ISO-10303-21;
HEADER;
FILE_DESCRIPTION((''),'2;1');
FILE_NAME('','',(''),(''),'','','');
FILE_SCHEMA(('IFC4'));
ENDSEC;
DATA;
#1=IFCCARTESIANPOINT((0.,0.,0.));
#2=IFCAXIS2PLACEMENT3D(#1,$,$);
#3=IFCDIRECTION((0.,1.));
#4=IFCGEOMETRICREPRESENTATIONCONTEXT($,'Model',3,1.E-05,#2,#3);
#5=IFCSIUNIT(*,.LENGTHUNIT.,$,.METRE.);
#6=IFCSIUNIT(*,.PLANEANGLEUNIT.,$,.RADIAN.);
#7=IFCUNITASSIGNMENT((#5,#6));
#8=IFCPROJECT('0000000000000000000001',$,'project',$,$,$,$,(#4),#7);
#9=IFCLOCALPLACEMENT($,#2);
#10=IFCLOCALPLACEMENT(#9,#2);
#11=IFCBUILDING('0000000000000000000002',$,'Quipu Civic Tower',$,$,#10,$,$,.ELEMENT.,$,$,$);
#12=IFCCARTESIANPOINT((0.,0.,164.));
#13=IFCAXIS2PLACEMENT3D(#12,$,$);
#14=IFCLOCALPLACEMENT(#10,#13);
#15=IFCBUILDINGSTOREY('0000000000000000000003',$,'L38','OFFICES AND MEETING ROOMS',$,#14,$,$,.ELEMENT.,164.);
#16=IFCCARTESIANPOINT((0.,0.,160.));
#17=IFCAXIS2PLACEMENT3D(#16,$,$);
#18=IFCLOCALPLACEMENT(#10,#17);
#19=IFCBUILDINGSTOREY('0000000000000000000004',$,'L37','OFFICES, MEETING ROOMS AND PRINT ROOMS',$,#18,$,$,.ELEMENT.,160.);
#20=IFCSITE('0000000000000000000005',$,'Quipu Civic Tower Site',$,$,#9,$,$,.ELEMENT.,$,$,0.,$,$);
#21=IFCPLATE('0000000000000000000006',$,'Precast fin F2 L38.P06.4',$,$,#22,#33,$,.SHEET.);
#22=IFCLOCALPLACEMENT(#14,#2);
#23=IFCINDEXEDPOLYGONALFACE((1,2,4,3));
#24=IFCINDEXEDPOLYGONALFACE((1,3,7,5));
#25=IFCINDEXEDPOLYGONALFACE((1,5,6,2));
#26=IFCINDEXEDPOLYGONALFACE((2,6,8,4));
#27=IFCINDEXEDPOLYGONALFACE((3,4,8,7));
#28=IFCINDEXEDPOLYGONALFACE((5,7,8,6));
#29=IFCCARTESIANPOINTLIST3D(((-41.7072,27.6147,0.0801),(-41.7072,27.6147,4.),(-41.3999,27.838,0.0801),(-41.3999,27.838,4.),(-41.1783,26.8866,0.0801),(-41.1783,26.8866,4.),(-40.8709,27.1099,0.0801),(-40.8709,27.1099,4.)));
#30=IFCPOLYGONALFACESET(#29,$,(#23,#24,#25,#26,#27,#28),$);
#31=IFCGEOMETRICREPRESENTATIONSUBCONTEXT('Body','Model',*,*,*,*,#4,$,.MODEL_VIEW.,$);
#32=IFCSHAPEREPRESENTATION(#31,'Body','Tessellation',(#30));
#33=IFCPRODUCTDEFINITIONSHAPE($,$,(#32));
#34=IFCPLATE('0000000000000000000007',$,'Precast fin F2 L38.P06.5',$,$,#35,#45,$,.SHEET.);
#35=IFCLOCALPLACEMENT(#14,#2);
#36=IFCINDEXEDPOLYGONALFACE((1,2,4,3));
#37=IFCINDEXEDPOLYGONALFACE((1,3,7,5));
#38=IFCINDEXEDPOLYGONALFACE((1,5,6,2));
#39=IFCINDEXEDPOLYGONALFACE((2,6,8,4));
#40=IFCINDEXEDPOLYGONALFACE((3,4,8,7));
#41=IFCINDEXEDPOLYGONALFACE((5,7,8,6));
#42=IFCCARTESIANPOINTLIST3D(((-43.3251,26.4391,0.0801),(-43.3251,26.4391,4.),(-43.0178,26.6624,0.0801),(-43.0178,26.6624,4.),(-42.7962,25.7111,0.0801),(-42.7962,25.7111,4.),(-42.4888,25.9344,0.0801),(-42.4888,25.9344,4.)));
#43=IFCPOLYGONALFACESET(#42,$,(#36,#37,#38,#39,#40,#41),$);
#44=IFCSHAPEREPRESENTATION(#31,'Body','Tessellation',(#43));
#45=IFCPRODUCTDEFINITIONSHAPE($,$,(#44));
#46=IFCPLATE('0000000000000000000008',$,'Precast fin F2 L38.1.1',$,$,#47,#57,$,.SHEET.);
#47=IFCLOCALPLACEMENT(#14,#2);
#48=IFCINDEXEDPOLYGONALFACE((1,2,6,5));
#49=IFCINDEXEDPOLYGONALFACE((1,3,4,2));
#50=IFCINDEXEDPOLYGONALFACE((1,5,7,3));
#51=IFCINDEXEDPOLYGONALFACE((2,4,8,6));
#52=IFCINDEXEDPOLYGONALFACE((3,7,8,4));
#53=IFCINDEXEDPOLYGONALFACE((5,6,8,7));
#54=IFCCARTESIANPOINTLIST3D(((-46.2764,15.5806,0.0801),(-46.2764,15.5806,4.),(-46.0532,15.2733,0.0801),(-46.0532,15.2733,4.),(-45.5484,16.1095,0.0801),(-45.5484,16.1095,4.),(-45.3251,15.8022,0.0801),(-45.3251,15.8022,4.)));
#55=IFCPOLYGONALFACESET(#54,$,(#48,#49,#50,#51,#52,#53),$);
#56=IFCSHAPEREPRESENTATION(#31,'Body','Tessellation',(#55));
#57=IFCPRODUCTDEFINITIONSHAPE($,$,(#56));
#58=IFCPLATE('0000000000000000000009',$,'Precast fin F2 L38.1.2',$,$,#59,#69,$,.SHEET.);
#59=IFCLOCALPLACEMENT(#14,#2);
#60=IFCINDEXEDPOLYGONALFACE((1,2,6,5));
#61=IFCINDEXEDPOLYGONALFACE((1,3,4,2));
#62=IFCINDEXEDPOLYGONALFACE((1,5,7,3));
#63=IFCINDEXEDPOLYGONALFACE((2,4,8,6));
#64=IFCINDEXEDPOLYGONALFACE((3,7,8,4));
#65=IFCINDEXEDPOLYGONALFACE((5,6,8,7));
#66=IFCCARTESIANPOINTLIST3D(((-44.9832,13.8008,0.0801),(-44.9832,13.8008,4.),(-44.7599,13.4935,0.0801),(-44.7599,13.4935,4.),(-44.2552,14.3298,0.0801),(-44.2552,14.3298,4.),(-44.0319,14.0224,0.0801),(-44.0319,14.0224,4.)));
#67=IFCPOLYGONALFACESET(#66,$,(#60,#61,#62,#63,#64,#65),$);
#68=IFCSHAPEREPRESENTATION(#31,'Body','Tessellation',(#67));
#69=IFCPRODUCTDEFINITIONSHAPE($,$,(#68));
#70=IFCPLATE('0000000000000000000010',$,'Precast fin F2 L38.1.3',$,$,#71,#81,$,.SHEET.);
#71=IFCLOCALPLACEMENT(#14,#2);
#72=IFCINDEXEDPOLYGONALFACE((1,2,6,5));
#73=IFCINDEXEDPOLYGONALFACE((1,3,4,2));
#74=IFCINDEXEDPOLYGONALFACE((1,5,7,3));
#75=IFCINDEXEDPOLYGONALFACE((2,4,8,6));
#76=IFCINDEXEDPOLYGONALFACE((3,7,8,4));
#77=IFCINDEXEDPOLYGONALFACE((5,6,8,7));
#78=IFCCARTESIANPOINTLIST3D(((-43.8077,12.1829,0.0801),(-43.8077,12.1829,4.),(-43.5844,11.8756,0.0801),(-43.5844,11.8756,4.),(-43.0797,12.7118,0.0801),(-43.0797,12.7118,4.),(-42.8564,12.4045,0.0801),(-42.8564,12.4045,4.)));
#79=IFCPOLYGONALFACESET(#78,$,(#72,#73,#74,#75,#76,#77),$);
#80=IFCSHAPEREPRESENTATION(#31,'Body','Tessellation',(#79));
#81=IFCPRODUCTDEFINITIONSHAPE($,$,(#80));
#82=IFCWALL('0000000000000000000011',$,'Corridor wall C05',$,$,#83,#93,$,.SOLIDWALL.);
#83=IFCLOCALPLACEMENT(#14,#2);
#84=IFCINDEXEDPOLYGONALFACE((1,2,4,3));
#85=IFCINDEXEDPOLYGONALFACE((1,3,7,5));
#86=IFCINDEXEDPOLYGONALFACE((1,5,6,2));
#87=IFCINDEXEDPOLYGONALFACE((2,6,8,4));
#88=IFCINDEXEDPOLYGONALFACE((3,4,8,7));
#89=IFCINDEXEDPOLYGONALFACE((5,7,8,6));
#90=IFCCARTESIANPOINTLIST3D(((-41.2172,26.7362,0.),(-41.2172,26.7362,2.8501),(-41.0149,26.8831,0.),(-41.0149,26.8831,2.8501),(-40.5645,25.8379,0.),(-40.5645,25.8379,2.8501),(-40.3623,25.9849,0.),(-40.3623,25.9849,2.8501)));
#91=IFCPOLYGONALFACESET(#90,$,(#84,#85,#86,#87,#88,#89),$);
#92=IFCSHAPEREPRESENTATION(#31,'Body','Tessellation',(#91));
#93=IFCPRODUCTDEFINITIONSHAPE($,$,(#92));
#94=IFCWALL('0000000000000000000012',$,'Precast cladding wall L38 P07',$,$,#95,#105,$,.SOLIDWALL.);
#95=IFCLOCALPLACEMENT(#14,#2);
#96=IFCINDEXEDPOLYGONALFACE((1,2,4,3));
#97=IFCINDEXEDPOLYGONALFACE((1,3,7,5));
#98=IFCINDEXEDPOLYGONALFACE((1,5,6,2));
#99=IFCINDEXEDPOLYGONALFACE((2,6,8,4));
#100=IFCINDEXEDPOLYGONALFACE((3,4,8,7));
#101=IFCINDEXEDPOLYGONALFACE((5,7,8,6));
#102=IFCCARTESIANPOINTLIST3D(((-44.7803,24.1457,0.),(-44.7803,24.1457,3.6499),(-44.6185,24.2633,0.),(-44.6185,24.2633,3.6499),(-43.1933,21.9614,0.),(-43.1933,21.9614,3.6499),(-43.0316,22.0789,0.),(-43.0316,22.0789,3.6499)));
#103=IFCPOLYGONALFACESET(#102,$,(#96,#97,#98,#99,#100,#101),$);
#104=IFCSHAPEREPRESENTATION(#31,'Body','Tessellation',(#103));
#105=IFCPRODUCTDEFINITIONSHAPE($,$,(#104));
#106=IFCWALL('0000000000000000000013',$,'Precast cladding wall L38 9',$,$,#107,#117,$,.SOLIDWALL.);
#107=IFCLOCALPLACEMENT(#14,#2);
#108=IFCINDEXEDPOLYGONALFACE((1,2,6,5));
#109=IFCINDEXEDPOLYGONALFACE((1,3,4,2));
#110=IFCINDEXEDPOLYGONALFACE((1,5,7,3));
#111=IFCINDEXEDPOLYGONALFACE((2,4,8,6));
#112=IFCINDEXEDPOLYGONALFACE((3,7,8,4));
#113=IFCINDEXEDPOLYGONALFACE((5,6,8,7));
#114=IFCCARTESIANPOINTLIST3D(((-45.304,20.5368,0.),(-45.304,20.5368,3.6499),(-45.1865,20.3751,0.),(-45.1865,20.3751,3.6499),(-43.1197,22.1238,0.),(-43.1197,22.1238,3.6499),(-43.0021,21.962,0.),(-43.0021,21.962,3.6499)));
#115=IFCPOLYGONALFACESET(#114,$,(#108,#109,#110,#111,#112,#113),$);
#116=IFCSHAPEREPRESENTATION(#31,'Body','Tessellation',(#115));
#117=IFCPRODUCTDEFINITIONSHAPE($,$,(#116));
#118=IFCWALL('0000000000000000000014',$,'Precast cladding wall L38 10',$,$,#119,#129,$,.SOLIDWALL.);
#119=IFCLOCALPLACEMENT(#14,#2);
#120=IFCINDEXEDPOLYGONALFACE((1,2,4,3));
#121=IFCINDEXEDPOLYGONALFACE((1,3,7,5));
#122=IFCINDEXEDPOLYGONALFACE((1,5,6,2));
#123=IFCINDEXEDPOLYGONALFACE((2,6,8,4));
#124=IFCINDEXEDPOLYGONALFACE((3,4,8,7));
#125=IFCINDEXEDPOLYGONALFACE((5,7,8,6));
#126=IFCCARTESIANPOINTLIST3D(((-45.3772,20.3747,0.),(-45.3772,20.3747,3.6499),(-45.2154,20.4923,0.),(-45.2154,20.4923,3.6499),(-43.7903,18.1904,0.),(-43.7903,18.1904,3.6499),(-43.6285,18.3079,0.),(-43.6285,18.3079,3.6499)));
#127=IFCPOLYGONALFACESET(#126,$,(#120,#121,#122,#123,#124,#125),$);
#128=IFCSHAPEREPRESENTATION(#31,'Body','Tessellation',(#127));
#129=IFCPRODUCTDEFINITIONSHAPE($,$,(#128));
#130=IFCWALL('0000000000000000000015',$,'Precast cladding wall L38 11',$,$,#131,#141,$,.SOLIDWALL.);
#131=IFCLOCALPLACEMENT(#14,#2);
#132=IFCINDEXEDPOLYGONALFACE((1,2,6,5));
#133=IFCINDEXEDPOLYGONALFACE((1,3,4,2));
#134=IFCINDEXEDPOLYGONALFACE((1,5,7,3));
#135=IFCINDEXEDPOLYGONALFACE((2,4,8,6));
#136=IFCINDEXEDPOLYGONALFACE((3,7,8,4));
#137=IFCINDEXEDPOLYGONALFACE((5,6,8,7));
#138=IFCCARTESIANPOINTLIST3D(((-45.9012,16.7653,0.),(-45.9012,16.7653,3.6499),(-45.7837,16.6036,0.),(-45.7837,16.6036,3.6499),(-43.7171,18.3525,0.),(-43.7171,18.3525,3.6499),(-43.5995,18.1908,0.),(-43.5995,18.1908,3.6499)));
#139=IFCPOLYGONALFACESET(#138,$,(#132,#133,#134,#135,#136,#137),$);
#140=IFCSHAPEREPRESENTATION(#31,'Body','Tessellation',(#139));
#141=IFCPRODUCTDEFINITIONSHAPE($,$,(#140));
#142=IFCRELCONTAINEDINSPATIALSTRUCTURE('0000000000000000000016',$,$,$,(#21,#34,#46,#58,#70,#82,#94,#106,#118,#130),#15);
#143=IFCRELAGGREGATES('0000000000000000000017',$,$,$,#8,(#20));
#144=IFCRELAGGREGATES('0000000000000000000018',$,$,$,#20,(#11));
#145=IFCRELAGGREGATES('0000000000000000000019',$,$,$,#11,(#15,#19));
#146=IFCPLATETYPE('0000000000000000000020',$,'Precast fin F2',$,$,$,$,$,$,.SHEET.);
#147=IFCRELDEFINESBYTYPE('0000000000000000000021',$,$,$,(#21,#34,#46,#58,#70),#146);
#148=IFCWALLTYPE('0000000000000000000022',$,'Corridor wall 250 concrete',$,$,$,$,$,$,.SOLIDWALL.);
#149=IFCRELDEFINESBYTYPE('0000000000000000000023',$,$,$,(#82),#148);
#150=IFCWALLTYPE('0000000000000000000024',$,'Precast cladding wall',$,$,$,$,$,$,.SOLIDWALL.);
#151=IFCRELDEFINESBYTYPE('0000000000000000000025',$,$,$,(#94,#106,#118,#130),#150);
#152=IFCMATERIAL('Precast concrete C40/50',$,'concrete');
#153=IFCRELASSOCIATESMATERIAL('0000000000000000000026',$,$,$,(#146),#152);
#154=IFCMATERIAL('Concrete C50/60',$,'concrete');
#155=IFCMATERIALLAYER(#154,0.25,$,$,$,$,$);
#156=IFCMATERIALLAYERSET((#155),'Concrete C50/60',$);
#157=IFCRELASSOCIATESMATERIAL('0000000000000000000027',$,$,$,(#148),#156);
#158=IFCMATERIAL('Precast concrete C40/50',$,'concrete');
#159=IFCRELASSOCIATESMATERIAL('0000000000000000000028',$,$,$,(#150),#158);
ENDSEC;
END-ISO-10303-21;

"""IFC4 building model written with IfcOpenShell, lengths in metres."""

from ifc_helpers import new_model, si_unit, direction, frame, frame_2d, origin, origin_2d, place, context, subcontext, project, spatial, rectangle, extrude, material, layer, layer_set, type_object, element, save


model = new_model("IFC4")

# Units and contexts
model_context = context("Model", 3, precision=1e-05, world=origin(), true_north=direction((0.0, 1.0)))
body_context = subcontext(model_context, "Body", "Model", "MODEL_VIEW")
ifc_project = project(units=[si_unit("LENGTHUNIT", "METRE"), si_unit("PLANEANGLEUNIT", "RADIAN")], contexts=[model_context])

# Site, building, storey
site_placement = place(None, origin())
site = spatial("IfcSite", under=ifc_project, at=site_placement, Name="Quipu Civic Tower Site", CompositionType="ELEMENT", RefElevation=0.0)
building_placement = place(site_placement, origin())
building = spatial("IfcBuilding", under=site, at=building_placement, Name="Quipu Civic Tower", CompositionType="ELEMENT")
storey_1_placement = place(building_placement, frame((0.0, 0.0, 164.0)))
storey_1 = spatial("IfcBuildingStorey", under=building, at=storey_1_placement, Name="L38", Description="OFFICES AND MEETING ROOMS", CompositionType="ELEMENT", Elevation=164.0)

# Shared definitions
storey_2_placement = place(building_placement, frame((0.0, 0.0, 160.0)))
storey_2 = spatial("IfcBuildingStorey", under=building, at=storey_2_placement, Name="L37", Description="OFFICES, MEETING ROOMS AND PRINT ROOMS", CompositionType="ELEMENT", Elevation=160.0)

# Plates
ifc_material_1 = material(Name="Precast concrete C40/50", Category="concrete")
plate_type_1 = type_object("IfcPlateType", Name="Precast fin F2", PredefinedType="SHEET", material=ifc_material_1)
for number, where, z_axis, x_axis, name in (
    (1, (-41.2891, 27.3623, 0.0801), (0.0, 0.0, 1.0), (-0.809017, -0.587785, 0.0), "Precast fin F2 L38.P06.4"),
    (2, (-42.907, 26.1868, 0.0801), (0.0, 0.0, 1.0), (-0.809017, -0.587785, 0.0), "Precast fin F2 L38.P06.5"),
    (3, (-45.8008, 15.6914, 0.0801), (0.0, 0.0, 1.0), (0.587787, -0.809016, 0.0), "Precast fin F2 L38.1.1"),
    (4, (-44.5076, 13.9116, 0.0801), (0.0, 0.0, 1.0), (0.587787, -0.809016, 0.0), "Precast fin F2 L38.1.2"),
    (5, (-43.332, 12.2937, 0.0801), (0.0, 0.0, 1.0), (0.587787, -0.809016, 0.0), "Precast fin F2 L38.1.3"),
):
    element("IfcPlate", number, at=place(storey_1_placement, frame(where, z_axis=z_axis, x_axis=x_axis)), inside=storey_1, type_object=plate_type_1, Name=name, PredefinedType="SHEET", context=body_context, shape_type="SweptSolid", body=[
        extrude(rectangle(XDim=0.3799, YDim=0.8999, at=origin_2d()), origin(), (0.0, 0.0, 1.0), 3.9199),
    ])

# Walls
ifc_material_2 = material(Name="Concrete C50/60", Category="concrete")
ifc_layer_1 = layer(ifc_material_2, 0.25)
ifc_layer_set_1 = layer_set([ifc_layer_1], Name="Concrete C50/60")
wall_type_1 = type_object("IfcWallType", Name="Corridor wall 250 concrete", PredefinedType="SOLIDWALL", material=ifc_layer_set_1)
wall_placement = place(storey_1_placement, frame((-40.4634, 25.9114, 0.0), z_axis=(0.0, 0.0, 1.0), x_axis=(-0.587792, 0.809012, 0.0)))
element("IfcWall", 6, at=wall_placement, inside=storey_1, type_object=wall_type_1, Name="Corridor wall C05", PredefinedType="SOLIDWALL", context=body_context, shape_type="SweptSolid", body=[
    extrude(rectangle(XDim=1.1104, YDim=0.25, at=frame_2d((0.5552, 0.0))), origin(), (0.0, 0.0, 1.0), 2.8501),
])
ifc_material_3 = material(Name="Precast concrete C40/50", Category="concrete")
wall_type_2 = type_object("IfcWallType", Name="Precast cladding wall", PredefinedType="SOLIDWALL", material=ifc_material_3)
for number, where, z_axis, x_axis, name in (
    (7, (-44.6995, 24.2046, 0.0), (0.0, 0.0, 1.0), (0.587763, -0.809033, 0.0), "Precast cladding wall L38 P07"),
    (8, (-43.0608, 22.043, 0.0), (0.0, 0.0, 1.0), (-0.809033, -0.587763, 0.0), "Precast cladding wall L38 9"),
    (9, (-45.2964, 20.4336, 0.0), (0.0, 0.0, 1.0), (0.587763, -0.809033, 0.0), "Precast cladding wall L38 10"),
    (10, (-43.6582, 18.2717, 0.0), (0.0, 0.0, 1.0), (-0.808959, -0.587865, 0.0), "Precast cladding wall L38 11"),
):
    element("IfcWall", number, at=place(storey_1_placement, frame(where, z_axis=z_axis, x_axis=x_axis)), inside=storey_1, type_object=wall_type_2, Name=name, PredefinedType="SOLIDWALL", context=body_context, shape_type="SweptSolid", body=[
        extrude(rectangle(XDim=2.7, YDim=0.2, at=frame_2d((1.3501, 0.0))), origin(), (0.0, 0.0, 1.0), 3.6499),
    ])

save(model, "model.ifc")
